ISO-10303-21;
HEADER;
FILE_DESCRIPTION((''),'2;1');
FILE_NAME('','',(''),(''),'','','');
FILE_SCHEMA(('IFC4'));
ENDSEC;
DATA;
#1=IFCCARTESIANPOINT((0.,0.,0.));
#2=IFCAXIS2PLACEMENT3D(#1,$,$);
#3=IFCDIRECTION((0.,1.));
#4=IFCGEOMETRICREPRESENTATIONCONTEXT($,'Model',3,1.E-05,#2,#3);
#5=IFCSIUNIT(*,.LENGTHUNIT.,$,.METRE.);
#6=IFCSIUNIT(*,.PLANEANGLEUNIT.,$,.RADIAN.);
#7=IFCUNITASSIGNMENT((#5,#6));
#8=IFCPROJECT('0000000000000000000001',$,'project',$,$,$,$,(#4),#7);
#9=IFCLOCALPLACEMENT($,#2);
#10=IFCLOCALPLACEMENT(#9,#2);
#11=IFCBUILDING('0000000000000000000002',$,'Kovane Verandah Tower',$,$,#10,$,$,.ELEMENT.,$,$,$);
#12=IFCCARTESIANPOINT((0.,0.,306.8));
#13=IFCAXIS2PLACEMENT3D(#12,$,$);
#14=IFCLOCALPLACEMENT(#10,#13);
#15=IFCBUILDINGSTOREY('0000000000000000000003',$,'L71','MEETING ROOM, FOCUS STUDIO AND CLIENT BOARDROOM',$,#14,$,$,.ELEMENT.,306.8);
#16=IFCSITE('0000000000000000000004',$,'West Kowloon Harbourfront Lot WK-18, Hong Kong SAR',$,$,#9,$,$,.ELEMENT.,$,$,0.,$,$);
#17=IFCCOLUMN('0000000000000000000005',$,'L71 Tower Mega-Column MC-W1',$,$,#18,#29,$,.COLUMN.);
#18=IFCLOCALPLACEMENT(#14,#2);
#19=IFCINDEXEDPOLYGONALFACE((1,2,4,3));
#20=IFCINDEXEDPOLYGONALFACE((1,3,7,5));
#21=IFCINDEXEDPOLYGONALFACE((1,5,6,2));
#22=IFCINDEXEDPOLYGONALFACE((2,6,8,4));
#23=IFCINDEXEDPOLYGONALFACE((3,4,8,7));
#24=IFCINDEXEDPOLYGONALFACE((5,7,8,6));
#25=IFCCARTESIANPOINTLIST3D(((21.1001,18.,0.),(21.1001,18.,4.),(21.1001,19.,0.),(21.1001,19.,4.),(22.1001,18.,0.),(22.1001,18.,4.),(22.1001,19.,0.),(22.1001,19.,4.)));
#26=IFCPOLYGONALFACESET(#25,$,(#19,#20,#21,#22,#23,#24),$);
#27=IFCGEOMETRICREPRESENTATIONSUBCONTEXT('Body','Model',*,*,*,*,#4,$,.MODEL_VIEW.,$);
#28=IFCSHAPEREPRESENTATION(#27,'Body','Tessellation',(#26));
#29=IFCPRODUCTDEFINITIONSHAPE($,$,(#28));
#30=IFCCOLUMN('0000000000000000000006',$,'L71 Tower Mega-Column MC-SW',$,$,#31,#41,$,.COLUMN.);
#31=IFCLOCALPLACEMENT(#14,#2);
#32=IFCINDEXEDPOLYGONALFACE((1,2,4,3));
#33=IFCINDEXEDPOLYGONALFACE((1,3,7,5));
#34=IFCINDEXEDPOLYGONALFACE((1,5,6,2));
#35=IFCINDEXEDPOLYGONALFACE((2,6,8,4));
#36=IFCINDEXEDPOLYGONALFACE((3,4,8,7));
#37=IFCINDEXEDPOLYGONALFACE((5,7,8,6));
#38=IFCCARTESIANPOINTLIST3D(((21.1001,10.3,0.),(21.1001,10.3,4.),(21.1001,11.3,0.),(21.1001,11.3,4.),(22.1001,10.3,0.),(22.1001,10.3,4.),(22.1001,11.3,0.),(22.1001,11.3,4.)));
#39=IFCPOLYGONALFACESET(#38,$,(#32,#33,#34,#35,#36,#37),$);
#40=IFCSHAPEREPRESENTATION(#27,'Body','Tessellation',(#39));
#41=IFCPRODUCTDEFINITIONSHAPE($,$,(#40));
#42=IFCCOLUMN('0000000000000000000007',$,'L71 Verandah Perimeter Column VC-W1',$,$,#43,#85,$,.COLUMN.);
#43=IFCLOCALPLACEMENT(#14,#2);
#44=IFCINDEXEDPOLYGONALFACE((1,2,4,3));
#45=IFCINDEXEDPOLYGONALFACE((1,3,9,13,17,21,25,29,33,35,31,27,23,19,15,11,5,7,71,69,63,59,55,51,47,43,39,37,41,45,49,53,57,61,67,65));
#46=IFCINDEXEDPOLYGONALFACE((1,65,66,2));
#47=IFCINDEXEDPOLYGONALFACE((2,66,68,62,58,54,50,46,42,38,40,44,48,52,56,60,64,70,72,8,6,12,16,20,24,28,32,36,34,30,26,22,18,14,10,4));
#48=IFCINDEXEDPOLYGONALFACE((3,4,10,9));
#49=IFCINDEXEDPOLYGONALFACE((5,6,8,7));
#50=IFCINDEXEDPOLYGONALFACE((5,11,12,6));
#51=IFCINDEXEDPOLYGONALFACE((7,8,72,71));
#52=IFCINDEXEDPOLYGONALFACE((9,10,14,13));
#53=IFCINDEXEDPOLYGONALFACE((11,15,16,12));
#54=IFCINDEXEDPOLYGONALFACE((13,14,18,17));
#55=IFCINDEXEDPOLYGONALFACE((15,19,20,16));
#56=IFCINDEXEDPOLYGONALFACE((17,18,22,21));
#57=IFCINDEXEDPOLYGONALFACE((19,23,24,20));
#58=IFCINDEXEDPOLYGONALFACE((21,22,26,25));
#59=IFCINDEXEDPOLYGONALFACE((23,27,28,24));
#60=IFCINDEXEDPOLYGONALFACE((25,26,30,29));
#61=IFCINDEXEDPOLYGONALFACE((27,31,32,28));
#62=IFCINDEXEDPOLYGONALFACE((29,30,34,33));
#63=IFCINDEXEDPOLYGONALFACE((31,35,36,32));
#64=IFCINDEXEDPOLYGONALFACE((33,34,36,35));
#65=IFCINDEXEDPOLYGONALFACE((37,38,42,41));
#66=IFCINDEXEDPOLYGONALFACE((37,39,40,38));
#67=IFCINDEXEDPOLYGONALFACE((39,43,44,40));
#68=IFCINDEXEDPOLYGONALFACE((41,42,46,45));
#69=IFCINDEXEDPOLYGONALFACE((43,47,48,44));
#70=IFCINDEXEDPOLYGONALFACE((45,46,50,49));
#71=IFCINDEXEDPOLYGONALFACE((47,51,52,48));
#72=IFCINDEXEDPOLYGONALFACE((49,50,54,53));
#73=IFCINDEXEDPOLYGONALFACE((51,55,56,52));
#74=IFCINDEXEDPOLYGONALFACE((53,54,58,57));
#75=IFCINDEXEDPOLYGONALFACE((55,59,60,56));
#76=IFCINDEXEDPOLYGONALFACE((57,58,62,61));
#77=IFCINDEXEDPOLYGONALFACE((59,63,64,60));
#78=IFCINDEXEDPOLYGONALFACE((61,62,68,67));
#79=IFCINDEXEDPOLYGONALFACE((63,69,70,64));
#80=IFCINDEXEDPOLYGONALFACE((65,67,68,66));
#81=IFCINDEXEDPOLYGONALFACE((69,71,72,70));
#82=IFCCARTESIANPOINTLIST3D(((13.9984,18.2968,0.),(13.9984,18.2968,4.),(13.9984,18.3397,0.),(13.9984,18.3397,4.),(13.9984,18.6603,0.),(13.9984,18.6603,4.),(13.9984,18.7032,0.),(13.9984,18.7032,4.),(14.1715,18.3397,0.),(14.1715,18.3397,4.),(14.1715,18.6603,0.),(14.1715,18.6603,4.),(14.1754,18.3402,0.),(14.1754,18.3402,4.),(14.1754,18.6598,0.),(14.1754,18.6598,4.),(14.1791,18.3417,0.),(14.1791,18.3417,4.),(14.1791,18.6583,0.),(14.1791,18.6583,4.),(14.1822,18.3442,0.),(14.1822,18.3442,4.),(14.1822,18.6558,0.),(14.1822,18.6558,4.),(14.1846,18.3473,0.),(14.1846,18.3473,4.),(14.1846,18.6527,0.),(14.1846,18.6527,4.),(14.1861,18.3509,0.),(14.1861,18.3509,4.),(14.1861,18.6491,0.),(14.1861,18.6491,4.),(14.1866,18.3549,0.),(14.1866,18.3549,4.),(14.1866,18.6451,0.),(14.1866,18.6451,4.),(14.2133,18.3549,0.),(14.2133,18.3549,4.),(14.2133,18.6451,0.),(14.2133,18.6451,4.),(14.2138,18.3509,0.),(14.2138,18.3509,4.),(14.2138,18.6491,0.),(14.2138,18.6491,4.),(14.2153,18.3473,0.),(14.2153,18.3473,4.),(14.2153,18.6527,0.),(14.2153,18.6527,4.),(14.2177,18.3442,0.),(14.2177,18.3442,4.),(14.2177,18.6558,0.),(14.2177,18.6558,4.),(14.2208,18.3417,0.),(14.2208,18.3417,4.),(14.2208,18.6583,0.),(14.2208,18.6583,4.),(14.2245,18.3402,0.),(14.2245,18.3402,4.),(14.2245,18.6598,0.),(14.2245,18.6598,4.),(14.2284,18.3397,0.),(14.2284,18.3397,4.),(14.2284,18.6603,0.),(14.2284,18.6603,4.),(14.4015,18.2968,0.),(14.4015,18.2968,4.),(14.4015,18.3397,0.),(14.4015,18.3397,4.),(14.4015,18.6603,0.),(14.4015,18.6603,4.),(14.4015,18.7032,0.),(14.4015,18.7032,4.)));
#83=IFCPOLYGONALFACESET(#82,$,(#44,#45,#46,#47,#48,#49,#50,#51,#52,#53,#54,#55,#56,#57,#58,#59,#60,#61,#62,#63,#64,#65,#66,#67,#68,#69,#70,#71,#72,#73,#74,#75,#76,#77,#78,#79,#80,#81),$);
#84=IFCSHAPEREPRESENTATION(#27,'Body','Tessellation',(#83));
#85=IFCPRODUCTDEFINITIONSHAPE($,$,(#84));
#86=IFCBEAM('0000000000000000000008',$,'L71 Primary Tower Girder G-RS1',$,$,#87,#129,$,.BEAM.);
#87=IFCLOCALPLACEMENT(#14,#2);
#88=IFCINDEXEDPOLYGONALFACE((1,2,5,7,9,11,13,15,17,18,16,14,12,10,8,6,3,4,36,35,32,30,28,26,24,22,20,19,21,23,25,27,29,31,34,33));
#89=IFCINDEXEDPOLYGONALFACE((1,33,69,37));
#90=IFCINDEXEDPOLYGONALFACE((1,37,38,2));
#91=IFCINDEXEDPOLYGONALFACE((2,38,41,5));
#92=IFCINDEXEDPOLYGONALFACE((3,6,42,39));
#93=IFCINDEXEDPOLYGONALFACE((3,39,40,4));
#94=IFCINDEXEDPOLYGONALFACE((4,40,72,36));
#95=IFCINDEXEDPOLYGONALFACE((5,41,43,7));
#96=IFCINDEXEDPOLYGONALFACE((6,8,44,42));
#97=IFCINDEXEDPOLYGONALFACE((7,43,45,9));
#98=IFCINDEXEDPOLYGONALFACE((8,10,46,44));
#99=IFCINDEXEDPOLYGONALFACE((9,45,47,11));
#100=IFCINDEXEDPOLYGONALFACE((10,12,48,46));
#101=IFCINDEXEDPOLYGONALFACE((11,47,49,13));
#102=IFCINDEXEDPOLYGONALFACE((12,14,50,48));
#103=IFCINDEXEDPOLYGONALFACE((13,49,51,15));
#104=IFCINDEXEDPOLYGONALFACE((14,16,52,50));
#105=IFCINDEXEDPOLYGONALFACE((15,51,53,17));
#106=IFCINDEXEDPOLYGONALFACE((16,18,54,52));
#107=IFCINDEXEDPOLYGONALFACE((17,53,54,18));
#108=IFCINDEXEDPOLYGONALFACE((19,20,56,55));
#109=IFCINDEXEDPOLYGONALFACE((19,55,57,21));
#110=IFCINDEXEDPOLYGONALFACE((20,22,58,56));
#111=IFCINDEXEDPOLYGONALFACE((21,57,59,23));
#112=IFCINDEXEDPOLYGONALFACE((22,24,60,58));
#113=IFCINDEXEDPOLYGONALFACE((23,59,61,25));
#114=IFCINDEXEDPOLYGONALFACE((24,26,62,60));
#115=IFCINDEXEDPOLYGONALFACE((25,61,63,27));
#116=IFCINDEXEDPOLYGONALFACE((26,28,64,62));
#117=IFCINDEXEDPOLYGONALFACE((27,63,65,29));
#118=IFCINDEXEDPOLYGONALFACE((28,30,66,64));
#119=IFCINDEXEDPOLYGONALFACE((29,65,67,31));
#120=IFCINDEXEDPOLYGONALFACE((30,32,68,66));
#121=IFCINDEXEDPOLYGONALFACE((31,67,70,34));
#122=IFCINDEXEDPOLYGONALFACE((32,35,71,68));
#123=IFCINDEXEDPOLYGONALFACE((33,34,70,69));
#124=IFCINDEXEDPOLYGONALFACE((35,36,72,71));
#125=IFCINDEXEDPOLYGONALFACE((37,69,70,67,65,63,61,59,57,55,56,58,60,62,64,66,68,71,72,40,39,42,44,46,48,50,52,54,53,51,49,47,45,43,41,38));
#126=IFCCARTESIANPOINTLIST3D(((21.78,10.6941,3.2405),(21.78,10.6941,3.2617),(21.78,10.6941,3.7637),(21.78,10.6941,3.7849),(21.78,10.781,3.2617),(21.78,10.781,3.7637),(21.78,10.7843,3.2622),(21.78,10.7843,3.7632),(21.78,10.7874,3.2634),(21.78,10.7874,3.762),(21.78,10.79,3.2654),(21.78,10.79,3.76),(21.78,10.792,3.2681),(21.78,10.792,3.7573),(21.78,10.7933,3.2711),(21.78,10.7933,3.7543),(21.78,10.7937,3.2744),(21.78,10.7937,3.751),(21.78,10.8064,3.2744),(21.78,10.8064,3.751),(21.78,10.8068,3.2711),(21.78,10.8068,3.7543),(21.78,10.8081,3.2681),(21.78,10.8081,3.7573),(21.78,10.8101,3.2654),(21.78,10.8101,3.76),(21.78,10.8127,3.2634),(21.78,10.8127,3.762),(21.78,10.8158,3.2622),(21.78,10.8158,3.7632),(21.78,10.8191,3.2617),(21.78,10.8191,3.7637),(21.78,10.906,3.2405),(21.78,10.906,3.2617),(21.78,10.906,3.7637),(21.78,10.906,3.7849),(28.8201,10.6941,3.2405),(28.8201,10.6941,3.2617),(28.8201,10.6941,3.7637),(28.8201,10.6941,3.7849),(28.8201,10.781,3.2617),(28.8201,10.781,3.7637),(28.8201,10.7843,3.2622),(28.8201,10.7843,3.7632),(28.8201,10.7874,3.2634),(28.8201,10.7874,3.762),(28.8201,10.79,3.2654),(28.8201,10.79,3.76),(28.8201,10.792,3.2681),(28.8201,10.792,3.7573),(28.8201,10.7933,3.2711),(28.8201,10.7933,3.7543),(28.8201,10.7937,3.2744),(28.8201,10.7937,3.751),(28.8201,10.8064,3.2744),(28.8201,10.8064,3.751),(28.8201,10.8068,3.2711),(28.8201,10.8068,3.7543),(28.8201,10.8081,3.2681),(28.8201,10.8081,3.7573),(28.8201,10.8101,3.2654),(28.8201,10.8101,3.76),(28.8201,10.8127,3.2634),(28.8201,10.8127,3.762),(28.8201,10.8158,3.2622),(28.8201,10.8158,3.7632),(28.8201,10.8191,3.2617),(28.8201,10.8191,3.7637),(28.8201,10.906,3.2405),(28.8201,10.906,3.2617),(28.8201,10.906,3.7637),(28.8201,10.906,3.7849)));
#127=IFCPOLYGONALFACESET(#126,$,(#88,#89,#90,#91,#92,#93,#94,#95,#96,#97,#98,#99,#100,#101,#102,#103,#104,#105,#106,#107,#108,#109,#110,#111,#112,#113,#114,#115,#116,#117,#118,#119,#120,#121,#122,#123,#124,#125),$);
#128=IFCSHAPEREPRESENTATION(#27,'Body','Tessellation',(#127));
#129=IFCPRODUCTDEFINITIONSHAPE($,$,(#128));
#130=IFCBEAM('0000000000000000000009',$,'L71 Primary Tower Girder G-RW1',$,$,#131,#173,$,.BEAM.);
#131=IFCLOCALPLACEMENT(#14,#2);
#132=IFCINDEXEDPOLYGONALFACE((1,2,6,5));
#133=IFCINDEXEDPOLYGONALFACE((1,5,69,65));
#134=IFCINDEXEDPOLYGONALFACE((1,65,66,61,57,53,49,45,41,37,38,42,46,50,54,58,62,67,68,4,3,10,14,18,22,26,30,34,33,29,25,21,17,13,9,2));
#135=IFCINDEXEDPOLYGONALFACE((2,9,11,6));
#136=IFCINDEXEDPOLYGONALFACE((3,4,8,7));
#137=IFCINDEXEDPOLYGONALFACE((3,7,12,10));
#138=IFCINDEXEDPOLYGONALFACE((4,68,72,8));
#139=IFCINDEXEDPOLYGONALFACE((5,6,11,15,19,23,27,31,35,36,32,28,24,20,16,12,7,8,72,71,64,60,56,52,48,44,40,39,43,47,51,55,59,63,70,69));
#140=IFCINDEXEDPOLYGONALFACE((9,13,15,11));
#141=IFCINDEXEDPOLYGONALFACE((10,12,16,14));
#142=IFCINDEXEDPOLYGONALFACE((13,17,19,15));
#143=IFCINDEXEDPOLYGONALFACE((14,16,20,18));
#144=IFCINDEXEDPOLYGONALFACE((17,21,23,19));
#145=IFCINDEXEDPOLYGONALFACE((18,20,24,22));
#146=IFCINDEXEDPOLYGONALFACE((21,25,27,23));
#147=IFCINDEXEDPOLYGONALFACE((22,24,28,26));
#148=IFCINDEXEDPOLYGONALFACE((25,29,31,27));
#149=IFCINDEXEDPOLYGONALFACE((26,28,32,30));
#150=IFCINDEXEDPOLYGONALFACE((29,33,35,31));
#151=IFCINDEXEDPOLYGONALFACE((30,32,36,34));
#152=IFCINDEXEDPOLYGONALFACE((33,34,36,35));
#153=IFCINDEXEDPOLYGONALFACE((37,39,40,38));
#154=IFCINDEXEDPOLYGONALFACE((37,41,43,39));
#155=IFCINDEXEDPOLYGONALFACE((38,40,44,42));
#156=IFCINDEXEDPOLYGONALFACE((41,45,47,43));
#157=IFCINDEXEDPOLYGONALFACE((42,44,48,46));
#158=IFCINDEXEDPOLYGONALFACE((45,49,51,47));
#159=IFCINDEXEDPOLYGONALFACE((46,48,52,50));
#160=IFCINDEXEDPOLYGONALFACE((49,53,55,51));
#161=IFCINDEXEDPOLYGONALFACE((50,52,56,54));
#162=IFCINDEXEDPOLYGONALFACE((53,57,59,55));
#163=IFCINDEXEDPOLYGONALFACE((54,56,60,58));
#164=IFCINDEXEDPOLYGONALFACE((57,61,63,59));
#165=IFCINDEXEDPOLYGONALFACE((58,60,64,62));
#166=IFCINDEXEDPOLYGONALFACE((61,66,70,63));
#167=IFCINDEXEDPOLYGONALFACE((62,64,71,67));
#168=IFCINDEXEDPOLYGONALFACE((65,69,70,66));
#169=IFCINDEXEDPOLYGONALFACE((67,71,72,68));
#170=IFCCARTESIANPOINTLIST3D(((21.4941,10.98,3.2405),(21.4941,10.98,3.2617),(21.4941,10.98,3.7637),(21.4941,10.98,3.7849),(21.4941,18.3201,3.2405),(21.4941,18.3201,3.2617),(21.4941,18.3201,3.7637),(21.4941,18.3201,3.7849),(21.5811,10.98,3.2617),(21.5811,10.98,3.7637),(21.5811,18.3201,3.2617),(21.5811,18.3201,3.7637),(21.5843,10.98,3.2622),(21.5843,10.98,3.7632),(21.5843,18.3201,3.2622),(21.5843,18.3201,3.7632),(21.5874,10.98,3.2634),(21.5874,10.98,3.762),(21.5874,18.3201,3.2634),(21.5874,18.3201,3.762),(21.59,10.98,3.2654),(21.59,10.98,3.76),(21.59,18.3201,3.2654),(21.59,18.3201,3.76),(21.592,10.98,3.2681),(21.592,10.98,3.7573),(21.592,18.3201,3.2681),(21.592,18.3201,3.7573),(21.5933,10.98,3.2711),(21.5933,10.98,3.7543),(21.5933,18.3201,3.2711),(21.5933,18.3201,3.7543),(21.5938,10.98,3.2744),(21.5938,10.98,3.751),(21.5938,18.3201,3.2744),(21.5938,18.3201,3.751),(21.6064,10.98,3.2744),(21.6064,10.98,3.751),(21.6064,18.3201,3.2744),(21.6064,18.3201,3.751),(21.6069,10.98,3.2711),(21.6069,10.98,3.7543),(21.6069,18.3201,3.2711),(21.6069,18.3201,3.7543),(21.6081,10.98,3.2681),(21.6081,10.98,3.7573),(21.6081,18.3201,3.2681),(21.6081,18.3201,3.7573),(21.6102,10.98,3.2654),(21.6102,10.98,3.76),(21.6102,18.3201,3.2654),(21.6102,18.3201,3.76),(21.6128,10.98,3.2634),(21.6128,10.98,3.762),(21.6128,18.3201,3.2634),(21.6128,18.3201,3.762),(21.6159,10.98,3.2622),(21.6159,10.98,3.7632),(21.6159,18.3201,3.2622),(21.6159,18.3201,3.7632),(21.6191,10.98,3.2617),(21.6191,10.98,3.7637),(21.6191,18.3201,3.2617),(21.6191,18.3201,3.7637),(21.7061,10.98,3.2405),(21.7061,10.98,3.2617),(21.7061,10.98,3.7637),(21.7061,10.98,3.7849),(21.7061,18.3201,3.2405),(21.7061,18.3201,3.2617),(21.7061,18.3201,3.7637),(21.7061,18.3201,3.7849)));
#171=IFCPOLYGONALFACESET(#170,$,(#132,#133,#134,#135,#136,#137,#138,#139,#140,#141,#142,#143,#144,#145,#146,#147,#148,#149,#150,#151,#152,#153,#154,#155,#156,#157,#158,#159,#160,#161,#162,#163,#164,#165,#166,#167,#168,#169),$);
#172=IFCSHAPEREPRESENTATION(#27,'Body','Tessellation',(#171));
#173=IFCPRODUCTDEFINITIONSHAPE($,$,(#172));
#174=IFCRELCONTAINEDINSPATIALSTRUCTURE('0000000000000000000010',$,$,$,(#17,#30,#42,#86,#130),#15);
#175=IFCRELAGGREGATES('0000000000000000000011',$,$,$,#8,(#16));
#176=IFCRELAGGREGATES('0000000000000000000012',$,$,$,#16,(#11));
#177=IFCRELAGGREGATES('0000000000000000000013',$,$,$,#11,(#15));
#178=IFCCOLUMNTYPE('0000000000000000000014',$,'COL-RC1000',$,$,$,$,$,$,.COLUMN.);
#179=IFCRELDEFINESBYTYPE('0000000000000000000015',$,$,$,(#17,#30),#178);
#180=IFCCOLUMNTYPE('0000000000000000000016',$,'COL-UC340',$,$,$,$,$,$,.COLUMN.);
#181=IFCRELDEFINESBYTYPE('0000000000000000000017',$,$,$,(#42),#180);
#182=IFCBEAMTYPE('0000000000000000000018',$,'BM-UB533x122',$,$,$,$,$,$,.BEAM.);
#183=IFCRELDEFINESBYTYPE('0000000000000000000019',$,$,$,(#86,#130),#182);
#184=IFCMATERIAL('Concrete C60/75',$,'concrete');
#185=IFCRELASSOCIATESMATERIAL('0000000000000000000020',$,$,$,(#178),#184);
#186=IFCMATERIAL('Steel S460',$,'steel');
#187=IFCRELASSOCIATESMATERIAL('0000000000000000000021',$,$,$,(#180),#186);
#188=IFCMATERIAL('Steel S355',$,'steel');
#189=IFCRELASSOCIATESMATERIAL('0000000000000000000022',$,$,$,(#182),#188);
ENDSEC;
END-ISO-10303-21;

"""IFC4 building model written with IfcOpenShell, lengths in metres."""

from ifc_helpers import new_model, si_unit, direction, frame, origin, origin_2d, place, context, subcontext, project, spatial, rectangle, i_section, extrude, material, material_profile, profile_set, type_object, element, save


model = new_model("IFC4")

# Units and contexts
model_context = context("Model", 3, precision=1e-05, world=origin(), true_north=direction((0.0, 1.0)))
body_context = subcontext(model_context, "Body", "Model", "MODEL_VIEW")
ifc_project = project(units=[si_unit("LENGTHUNIT", "METRE"), si_unit("PLANEANGLEUNIT", "RADIAN")], contexts=[model_context])

# Site, building, storey
site_placement = place(None, origin())
site = spatial("IfcSite", under=ifc_project, at=site_placement, Name="West Kowloon Harbourfront Lot WK-18, Hong Kong SAR", CompositionType="ELEMENT", RefElevation=0.0)
building_placement = place(site_placement, origin())
building = spatial("IfcBuilding", under=site, at=building_placement, Name="Kovane Verandah Tower", CompositionType="ELEMENT")
storey_placement = place(building_placement, frame((0.0, 0.0, 306.8)))
storey = spatial("IfcBuildingStorey", under=building, at=storey_placement, Name="L71", Description="MEETING ROOM, FOCUS STUDIO AND CLIENT BOARDROOM", CompositionType="ELEMENT", Elevation=306.8)

# Columns
ifc_material_1 = material(Name="Concrete C60/75", Category="concrete")
ifc_material_profile_1 = material_profile(ifc_material_1, rectangle(XDim=1.0, YDim=1.0, at=origin_2d()), Name="RC1000x1000")
ifc_profile_set_1 = profile_set([ifc_material_profile_1], Name="Concrete C60/75")
column_type_1 = type_object("IfcColumnType", Name="COL-RC1000", PredefinedType="COLUMN", material=ifc_profile_set_1)
for number, where, z_axis, x_axis, name in (
    (1, (21.6001, 18.5, 0.0), (0.0, 0.0, 1.0), (1.0, 0.0, 0.0), "L71 Tower Mega-Column MC-W1"),
    (2, (21.6001, 10.8, 0.0), (0.0, 0.0, 1.0), (1.0, 0.0, 0.0), "L71 Tower Mega-Column MC-SW"),
):
    element("IfcColumn", number, at=place(storey_placement, frame(where, z_axis=z_axis, x_axis=x_axis)), inside=storey, type_object=column_type_1, Name=name, PredefinedType="COLUMN", context=body_context, shape_type="SweptSolid", body=[
        extrude(rectangle(XDim=1.0, YDim=1.0, at=origin_2d()), origin(), (0.0, 0.0, 1.0), 4.0),
    ])
ifc_material_2 = material(Name="Steel S460", Category="steel")
ifc_material_profile_2 = material_profile(ifc_material_2, i_section(OverallWidth=0.4031, OverallDepth=0.4065, WebThickness=0.0266, FlangeThickness=0.043, FilletRadius=0.0151, at=origin_2d()), Name="UC356x406x340")
ifc_profile_set_2 = profile_set([ifc_material_profile_2], Name="Steel S460")
column_type_2 = type_object("IfcColumnType", Name="COL-UC340", PredefinedType="COLUMN", material=ifc_profile_set_2)
column_placement = place(storey_placement, frame((14.2, 18.5, 0.0), z_axis=(0.0, 0.0, 1.0), x_axis=(1.0, 0.0, 0.0)))
element("IfcColumn", 3, at=column_placement, inside=storey, type_object=column_type_2, Name="L71 Verandah Perimeter Column VC-W1", PredefinedType="COLUMN", context=body_context, shape_type="SweptSolid", body=[
    extrude(i_section(OverallWidth=0.4031, OverallDepth=0.4065, WebThickness=0.0266, FlangeThickness=0.043, FilletRadius=0.0151, at=origin_2d()), origin(), (0.0, 0.0, 1.0), 4.0),
])

# Beams
ifc_material_3 = material(Name="Steel S355", Category="steel")
ifc_material_profile_3 = material_profile(ifc_material_3, i_section(OverallWidth=0.2119, OverallDepth=0.5444, WebThickness=0.0127, FlangeThickness=0.0212, FilletRadius=0.0127, at=origin_2d()), Name="UB533x210x122")
ifc_profile_set_3 = profile_set([ifc_material_profile_3], Name="Steel S355")
beam_type_1 = type_object("IfcBeamType", Name="BM-UB533x122", PredefinedType="BEAM", material=ifc_profile_set_3)
beam_1_placement = place(storey_placement, frame((21.78, 10.8, 3.5127), z_axis=(1.0, 0.0, 0.0), x_axis=(0.0, 1.0, 0.0)))
element("IfcBeam", 4, at=beam_1_placement, inside=storey, type_object=beam_type_1, Name="L71 Primary Tower Girder G-RS1", PredefinedType="BEAM", context=body_context, shape_type="SweptSolid", body=[
    extrude(i_section(OverallWidth=0.2119, OverallDepth=0.5444, WebThickness=0.0127, FlangeThickness=0.0212, FilletRadius=0.0127, at=origin_2d()), origin(), (0.0, 0.0, 1.0), 7.04),
])
beam_2_placement = place(storey_placement, frame((21.6001, 10.98, 3.5127), z_axis=(0.0, 1.0, 0.0), x_axis=(-1.0, 0.0, 0.0)))
element("IfcBeam", 5, at=beam_2_placement, inside=storey, type_object=beam_type_1, Name="L71 Primary Tower Girder G-RW1", PredefinedType="BEAM", context=body_context, shape_type="SweptSolid", body=[
    extrude(i_section(OverallWidth=0.2119, OverallDepth=0.5444, WebThickness=0.0127, FlangeThickness=0.0212, FilletRadius=0.0127, at=origin_2d()), origin(), (0.0, 0.0, 1.0), 7.3401),
])

save(model, "model.ifc")
